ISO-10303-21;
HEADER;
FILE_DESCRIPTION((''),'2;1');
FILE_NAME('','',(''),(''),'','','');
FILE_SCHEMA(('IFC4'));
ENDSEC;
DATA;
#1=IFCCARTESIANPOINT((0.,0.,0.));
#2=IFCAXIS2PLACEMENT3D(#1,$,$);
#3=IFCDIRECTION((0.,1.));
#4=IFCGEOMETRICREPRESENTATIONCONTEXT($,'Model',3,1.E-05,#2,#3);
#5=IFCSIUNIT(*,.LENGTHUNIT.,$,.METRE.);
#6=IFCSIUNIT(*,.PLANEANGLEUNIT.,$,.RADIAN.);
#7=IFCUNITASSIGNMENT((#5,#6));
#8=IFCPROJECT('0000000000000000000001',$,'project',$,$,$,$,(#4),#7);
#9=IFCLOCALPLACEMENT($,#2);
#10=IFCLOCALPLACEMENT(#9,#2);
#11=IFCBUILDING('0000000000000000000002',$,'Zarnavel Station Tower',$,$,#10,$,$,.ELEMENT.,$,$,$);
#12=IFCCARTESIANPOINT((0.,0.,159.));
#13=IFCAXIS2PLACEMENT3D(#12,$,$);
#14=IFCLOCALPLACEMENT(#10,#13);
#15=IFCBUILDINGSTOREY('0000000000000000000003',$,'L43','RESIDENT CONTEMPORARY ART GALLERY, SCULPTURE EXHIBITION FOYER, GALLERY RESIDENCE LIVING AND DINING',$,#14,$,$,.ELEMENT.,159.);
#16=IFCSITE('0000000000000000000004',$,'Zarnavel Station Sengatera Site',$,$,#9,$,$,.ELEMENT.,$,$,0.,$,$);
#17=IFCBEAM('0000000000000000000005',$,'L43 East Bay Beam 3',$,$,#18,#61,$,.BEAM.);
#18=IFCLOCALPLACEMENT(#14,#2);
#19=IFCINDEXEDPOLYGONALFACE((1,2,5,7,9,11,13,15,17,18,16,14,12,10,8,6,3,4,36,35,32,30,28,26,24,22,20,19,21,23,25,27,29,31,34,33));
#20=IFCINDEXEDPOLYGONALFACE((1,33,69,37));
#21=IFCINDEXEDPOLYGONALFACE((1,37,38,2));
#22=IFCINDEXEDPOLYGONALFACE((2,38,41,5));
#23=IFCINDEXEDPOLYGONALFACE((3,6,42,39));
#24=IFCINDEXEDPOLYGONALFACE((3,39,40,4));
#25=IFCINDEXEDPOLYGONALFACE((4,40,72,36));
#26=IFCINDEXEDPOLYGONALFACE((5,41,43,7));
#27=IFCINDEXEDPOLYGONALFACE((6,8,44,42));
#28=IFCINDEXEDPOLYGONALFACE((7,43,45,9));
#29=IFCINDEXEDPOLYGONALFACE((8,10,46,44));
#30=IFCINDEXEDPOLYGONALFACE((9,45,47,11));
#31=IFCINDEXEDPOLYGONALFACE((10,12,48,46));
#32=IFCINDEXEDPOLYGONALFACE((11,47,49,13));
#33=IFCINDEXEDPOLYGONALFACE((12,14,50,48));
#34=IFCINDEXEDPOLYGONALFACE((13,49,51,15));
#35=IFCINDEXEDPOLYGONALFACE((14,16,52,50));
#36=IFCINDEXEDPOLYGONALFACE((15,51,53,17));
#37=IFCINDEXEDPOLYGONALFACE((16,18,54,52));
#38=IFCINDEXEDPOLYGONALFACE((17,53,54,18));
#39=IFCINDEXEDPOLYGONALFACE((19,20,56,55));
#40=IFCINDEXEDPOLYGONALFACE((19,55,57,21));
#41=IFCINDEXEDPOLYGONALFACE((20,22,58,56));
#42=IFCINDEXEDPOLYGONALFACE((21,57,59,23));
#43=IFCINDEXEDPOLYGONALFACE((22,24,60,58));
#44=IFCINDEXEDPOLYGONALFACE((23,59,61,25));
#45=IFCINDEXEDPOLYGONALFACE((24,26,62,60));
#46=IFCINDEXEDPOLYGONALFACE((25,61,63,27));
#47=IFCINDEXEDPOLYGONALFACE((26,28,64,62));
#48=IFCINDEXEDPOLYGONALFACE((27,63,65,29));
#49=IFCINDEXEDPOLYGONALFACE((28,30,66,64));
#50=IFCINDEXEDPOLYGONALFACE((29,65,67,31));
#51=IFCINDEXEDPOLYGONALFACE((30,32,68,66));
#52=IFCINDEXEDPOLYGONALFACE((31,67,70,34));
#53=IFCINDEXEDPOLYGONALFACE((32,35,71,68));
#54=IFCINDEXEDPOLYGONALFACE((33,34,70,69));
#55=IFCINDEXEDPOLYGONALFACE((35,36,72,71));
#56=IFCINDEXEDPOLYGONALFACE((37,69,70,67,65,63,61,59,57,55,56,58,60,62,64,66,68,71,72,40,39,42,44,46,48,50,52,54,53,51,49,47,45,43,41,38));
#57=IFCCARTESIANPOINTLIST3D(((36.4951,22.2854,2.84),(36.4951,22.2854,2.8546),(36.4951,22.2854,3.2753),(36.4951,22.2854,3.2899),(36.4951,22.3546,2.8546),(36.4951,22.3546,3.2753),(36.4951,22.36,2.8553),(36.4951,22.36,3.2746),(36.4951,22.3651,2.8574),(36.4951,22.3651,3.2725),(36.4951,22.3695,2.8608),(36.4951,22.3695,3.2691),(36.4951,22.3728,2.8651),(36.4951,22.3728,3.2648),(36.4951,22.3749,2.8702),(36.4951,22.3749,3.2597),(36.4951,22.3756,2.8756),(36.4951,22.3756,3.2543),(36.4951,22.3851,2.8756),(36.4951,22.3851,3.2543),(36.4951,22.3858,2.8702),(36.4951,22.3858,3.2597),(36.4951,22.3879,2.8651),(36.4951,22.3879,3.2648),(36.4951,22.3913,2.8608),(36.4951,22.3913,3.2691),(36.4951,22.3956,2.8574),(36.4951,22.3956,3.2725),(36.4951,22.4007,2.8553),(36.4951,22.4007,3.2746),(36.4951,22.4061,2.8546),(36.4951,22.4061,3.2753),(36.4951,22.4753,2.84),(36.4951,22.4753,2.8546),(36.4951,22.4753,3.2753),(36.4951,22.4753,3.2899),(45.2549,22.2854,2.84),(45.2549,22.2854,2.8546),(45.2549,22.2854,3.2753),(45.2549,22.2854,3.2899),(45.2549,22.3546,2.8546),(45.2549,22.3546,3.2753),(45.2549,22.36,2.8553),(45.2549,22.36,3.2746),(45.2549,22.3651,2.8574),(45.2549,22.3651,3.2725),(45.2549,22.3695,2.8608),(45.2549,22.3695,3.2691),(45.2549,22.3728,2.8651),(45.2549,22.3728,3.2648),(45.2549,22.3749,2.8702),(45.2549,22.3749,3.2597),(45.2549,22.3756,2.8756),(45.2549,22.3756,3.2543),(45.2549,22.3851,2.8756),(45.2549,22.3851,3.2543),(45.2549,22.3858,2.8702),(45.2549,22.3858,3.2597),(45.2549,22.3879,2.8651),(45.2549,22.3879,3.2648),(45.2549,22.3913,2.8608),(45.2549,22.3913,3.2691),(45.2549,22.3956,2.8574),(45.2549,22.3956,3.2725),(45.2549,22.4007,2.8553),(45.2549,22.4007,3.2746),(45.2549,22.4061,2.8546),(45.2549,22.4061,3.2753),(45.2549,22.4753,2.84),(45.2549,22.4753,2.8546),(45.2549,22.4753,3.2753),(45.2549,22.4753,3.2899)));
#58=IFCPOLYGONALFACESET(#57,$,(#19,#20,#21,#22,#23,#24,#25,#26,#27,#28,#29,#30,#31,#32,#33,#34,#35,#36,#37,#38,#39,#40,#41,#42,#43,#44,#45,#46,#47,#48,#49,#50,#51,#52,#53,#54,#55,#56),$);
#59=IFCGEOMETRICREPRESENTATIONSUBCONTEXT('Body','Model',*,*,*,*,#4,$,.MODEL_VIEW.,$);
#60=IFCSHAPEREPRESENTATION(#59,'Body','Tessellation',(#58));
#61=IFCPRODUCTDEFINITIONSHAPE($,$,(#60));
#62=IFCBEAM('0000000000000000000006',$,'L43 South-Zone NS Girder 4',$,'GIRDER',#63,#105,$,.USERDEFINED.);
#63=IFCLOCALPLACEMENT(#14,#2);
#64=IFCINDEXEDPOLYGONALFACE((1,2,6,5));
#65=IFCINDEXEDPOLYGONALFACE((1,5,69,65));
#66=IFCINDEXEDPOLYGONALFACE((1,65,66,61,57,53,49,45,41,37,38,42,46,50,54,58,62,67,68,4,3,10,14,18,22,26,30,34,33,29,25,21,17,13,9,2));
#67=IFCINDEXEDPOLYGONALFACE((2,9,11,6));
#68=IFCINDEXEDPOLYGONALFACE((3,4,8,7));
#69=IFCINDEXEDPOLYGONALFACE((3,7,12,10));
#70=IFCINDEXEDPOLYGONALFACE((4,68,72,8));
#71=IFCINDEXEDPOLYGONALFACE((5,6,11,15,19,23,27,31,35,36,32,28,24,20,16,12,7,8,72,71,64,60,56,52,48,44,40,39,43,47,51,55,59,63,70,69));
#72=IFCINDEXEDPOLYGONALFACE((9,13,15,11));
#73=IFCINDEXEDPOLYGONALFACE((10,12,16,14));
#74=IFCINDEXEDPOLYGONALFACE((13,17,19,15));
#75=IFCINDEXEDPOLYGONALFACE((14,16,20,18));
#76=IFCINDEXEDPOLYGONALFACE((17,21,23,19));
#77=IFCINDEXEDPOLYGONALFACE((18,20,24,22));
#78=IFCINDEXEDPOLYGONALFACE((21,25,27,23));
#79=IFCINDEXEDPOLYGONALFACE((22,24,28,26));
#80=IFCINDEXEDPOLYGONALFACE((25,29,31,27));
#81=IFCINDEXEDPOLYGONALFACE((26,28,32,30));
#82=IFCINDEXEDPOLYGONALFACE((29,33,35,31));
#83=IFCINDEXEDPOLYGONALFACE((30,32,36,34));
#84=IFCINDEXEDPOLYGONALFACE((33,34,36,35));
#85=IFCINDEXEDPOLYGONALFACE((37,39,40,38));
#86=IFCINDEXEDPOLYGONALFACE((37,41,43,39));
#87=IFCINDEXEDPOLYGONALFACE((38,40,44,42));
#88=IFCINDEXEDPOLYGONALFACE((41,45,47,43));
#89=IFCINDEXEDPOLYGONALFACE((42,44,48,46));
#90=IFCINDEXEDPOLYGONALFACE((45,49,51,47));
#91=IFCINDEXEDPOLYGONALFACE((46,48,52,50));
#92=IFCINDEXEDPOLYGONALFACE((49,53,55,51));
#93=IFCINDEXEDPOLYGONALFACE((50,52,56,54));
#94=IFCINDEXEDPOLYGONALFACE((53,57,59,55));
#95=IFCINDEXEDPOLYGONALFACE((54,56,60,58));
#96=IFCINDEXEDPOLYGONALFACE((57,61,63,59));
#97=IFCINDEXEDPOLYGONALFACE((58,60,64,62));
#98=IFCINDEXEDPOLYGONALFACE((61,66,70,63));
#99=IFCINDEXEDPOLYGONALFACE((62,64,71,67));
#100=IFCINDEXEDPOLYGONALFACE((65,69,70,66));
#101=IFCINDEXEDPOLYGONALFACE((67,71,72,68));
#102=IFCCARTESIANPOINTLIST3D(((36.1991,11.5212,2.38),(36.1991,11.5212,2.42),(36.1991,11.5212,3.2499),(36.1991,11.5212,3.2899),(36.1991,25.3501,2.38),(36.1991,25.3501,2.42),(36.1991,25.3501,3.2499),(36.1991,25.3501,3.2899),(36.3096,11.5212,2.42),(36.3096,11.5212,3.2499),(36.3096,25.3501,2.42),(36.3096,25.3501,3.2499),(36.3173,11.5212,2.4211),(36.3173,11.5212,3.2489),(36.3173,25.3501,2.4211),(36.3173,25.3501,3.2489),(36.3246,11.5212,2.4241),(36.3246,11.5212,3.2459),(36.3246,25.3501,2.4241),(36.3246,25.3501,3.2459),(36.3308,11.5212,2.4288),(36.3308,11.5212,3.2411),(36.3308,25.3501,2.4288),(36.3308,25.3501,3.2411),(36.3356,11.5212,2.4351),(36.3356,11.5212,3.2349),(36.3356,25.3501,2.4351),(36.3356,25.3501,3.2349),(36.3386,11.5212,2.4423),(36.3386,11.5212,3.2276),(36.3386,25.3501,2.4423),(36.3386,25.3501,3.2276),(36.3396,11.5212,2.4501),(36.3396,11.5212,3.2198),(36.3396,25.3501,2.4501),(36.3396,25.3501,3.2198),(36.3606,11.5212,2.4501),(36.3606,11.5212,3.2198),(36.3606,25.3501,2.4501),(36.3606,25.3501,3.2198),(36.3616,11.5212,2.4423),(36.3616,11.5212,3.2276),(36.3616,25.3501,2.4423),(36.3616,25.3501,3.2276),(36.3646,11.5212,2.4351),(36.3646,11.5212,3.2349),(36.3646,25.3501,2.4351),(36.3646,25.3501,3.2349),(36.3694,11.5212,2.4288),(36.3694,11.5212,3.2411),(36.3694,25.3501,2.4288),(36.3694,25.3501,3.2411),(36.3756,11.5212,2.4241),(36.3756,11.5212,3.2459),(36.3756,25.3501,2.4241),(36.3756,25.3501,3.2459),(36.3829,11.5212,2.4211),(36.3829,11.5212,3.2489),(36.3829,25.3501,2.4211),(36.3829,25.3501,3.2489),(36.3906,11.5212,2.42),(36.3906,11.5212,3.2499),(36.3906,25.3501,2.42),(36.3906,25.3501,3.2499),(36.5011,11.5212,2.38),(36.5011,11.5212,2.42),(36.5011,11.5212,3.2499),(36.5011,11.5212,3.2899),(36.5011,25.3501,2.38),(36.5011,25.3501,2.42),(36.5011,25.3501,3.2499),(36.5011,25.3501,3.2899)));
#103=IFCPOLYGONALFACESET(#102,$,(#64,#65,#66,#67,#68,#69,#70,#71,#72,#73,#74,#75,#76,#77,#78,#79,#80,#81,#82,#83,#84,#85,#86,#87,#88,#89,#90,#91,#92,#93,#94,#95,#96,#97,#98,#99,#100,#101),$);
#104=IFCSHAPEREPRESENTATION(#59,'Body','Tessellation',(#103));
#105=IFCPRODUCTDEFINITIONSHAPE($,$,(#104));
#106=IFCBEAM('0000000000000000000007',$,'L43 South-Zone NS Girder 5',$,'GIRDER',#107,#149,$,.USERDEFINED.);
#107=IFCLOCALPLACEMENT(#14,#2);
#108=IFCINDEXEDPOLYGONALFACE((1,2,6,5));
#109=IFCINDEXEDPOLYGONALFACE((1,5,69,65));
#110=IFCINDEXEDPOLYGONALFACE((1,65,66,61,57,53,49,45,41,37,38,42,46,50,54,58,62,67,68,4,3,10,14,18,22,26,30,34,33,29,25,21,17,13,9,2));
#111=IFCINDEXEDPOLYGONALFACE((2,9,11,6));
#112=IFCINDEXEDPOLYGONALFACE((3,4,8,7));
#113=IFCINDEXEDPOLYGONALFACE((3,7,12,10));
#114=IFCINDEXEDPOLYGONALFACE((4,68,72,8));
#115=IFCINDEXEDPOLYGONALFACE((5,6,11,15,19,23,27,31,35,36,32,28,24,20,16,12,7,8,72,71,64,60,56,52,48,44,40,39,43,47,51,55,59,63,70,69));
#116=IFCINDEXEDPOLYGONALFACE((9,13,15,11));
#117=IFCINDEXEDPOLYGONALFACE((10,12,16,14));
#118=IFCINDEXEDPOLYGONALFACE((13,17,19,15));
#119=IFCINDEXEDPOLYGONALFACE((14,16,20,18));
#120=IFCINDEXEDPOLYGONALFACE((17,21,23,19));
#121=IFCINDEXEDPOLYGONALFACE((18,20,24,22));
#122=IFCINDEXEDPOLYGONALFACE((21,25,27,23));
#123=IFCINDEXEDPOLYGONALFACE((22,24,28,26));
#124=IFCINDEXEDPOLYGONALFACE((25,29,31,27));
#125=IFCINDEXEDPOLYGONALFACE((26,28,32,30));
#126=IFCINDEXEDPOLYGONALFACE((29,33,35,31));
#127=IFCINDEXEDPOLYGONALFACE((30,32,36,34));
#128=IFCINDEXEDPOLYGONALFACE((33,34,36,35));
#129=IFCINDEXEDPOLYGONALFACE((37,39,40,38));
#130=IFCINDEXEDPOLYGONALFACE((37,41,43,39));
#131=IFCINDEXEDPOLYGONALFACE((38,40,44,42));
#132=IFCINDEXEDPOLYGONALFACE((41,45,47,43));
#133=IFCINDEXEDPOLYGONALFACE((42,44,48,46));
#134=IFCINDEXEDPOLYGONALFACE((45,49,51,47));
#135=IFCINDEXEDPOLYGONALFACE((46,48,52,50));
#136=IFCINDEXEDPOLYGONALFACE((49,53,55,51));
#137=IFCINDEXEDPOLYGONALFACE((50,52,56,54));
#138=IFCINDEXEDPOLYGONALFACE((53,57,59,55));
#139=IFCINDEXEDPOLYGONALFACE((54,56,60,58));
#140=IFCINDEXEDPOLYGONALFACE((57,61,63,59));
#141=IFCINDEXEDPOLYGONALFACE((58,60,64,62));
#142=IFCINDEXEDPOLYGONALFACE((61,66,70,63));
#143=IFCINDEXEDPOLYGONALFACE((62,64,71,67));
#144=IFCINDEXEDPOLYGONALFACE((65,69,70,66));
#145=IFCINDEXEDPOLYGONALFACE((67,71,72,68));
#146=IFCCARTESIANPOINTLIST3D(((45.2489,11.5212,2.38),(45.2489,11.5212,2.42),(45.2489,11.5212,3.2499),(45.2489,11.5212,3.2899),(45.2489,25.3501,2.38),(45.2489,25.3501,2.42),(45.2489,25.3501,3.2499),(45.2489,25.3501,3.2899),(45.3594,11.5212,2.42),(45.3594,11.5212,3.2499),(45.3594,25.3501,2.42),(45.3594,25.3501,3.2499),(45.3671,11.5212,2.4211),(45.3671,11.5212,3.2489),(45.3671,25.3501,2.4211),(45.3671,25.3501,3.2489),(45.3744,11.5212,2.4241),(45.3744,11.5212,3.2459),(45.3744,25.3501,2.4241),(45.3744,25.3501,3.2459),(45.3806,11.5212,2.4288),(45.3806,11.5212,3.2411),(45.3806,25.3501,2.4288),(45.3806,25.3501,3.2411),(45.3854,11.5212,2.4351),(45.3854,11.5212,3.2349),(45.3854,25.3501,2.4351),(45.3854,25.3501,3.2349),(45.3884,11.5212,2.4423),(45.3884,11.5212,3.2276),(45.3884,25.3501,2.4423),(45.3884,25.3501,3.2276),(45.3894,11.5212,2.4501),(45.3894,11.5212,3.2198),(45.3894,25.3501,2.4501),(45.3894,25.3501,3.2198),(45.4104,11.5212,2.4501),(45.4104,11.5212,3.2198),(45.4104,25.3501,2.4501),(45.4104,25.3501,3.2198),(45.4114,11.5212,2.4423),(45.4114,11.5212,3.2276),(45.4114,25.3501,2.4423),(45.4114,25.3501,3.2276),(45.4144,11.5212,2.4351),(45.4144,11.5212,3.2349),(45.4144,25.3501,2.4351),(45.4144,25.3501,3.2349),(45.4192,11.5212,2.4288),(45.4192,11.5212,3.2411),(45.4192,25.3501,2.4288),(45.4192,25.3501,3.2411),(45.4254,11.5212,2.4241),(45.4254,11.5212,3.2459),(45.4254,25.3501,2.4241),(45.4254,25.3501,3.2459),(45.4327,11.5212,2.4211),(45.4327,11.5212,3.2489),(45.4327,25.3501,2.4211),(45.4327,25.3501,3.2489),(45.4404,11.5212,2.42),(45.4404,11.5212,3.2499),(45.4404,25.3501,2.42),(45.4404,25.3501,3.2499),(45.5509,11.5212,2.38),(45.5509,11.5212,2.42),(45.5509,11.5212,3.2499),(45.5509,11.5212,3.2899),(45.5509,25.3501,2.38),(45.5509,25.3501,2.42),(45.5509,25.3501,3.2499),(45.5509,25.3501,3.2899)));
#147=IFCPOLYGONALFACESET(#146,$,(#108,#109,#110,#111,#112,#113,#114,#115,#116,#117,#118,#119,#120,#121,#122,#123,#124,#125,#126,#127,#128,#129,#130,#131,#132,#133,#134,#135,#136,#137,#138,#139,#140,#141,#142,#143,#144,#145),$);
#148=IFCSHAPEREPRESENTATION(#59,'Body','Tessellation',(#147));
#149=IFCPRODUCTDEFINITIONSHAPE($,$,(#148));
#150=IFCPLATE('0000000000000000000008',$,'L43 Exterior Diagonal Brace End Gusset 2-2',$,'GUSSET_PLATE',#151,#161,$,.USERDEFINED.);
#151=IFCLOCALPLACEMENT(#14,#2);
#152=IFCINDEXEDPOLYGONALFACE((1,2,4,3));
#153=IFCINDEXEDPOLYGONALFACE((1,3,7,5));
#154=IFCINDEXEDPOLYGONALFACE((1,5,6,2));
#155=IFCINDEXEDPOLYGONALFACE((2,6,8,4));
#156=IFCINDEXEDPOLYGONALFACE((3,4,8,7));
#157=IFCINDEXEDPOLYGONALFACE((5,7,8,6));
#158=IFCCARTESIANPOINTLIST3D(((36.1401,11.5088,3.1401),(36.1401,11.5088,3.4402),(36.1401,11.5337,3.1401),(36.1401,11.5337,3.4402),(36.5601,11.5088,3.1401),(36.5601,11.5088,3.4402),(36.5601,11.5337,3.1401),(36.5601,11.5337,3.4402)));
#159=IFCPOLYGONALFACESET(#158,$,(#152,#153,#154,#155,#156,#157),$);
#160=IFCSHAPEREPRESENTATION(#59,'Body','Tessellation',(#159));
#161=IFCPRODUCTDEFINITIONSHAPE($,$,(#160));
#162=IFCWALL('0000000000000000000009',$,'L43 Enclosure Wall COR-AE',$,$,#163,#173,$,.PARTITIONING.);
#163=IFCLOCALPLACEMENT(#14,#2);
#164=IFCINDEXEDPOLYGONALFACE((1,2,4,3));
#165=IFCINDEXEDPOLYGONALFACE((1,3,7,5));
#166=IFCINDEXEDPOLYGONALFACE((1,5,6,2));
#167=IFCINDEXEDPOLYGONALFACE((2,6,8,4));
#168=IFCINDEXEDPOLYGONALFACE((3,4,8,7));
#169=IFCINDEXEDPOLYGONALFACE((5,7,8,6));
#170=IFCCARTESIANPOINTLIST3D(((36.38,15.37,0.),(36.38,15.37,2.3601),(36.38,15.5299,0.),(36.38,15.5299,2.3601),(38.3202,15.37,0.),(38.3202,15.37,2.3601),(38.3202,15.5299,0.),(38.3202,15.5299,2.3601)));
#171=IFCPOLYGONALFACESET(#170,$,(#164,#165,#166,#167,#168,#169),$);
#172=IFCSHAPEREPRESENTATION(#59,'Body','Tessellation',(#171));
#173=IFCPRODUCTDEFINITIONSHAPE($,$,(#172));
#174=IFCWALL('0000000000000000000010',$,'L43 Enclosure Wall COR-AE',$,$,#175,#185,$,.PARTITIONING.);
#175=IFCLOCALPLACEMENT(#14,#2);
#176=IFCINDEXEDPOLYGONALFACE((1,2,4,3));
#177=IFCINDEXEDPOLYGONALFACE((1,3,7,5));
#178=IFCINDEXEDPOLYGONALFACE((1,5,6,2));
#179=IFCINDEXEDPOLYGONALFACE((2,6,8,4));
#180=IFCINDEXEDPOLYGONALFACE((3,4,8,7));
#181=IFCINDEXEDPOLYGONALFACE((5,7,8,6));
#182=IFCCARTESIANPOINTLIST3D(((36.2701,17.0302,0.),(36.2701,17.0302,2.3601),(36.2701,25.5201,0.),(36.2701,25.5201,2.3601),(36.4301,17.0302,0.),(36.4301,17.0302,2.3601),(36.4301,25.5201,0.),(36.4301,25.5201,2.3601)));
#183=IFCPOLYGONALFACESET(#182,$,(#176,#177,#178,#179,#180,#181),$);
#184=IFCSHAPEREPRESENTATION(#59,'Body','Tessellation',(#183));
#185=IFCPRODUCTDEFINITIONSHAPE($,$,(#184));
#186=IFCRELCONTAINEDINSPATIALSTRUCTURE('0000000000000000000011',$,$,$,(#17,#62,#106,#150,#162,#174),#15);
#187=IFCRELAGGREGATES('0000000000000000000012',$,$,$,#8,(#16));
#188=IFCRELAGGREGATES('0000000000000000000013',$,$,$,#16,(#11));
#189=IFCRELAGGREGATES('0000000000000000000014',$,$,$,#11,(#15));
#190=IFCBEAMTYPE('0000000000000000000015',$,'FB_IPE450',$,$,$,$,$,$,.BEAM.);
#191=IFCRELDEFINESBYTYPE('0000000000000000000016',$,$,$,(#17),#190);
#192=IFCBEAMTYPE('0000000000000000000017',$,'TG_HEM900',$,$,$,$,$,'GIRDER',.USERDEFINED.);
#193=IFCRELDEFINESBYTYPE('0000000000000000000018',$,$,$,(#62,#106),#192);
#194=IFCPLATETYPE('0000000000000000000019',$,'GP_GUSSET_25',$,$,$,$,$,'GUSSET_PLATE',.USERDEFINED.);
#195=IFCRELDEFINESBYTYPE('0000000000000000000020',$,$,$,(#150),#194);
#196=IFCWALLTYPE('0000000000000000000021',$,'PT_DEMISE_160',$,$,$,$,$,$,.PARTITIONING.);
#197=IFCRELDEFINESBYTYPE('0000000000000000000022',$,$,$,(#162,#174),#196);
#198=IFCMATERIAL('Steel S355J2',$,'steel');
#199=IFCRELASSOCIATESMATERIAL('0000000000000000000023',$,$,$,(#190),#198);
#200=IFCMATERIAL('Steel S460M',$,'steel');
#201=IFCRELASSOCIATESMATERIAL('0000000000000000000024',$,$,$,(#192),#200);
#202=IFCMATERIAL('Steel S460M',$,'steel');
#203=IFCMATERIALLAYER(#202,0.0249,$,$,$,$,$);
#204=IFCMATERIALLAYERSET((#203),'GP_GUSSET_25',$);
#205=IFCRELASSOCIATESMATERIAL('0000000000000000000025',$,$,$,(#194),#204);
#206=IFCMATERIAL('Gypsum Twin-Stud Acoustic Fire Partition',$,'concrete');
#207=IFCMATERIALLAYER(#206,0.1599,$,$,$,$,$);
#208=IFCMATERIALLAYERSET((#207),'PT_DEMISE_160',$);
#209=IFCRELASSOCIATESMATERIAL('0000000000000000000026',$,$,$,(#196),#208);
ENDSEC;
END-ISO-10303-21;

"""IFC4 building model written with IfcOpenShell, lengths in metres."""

from ifc_helpers import new_model, si_unit, direction, frame, frame_2d, origin, origin_2d, place, context, subcontext, project, spatial, rectangle, i_section, extrude, material, layer, layer_set, material_profile, profile_set, type_object, element, save


model = new_model("IFC4")

# Units and contexts
model_context = context("Model", 3, precision=1e-05, world=origin(), true_north=direction((0.0, 1.0)))
body_context = subcontext(model_context, "Body", "Model", "MODEL_VIEW")
ifc_project = project(units=[si_unit("LENGTHUNIT", "METRE"), si_unit("PLANEANGLEUNIT", "RADIAN")], contexts=[model_context])

# Site, building, storey
site_placement = place(None, origin())
site = spatial("IfcSite", under=ifc_project, at=site_placement, Name="Zarnavel Station Sengatera Site", CompositionType="ELEMENT", RefElevation=0.0)
building_placement = place(site_placement, origin())
building = spatial("IfcBuilding", under=site, at=building_placement, Name="Zarnavel Station Tower", CompositionType="ELEMENT")
storey_placement = place(building_placement, frame((0.0, 0.0, 159.0)))
storey = spatial("IfcBuildingStorey", under=building, at=storey_placement, Name="L43", Description="RESIDENT CONTEMPORARY ART GALLERY, SCULPTURE EXHIBITION FOYER, GALLERY RESIDENCE LIVING AND DINING", CompositionType="ELEMENT", Elevation=159.0)

# Beams
ifc_material_1 = material(Name="Steel S355J2", Category="steel")
ifc_material_profile_1 = material_profile(ifc_material_1, i_section(OverallWidth=0.1899, OverallDepth=0.45, WebThickness=0.0095, FlangeThickness=0.0146, FilletRadius=0.021, at=origin_2d()), Name="IPE450")
ifc_profile_set_1 = profile_set([ifc_material_profile_1], Name="Steel S355J2")
beam_type_1 = type_object("IfcBeamType", Name="FB_IPE450", PredefinedType="BEAM", material=ifc_profile_set_1)
for number, where, z_axis, x_axis, name in (
    (1, (36.4951, 22.3804, 3.0649), (1.0, 0.0, 0.0), (0.0, 1.0, 0.0), "L43 East Bay Beam 3"),
):
    element("IfcBeam", number, at=place(storey_placement, frame(where, z_axis=z_axis, x_axis=x_axis)), inside=storey, type_object=beam_type_1, Name=name, PredefinedType="BEAM", context=body_context, shape_type="SweptSolid", body=[
        extrude(i_section(OverallWidth=0.1899, OverallDepth=0.45, WebThickness=0.0095, FlangeThickness=0.0146, FilletRadius=0.021, at=origin_2d()), origin(), (0.0, 0.0, 1.0), 8.7598),
    ])
ifc_material_2 = material(Name="Steel S460M", Category="steel")
ifc_material_profile_2 = material_profile(ifc_material_2, i_section(OverallWidth=0.302, OverallDepth=0.9099, WebThickness=0.021, FlangeThickness=0.04, FilletRadius=0.03, at=origin_2d()), Name="HEM900")
ifc_profile_set_2 = profile_set([ifc_material_profile_2], Name="Steel S460M")
beam_type_2 = type_object("IfcBeamType", Name="TG_HEM900", ElementType="GIRDER", PredefinedType="USERDEFINED", material=ifc_profile_set_2)
for number, where, z_axis, x_axis, name in (
    (2, (36.3501, 11.5212, 2.835), (0.0, 1.0, 0.0), (-1.0, 0.0, 0.0), "L43 South-Zone NS Girder 4"),
    (3, (45.3999, 11.5212, 2.835), (0.0, 1.0, 0.0), (-1.0, 0.0, 0.0), "L43 South-Zone NS Girder 5"),
):
    element("IfcBeam", number, at=place(storey_placement, frame(where, z_axis=z_axis, x_axis=x_axis)), inside=storey, type_object=beam_type_2, Name=name, ObjectType="GIRDER", PredefinedType="USERDEFINED", context=body_context, shape_type="SweptSolid", body=[
        extrude(i_section(OverallWidth=0.302, OverallDepth=0.9099, WebThickness=0.021, FlangeThickness=0.04, FilletRadius=0.03, at=origin_2d()), origin(), (0.0, 0.0, 1.0), 13.8289),
    ])

# Plate
ifc_material_3 = material(Name="Steel S460M", Category="steel")
ifc_layer_1 = layer(ifc_material_3, 0.0249)
ifc_layer_set_1 = layer_set([ifc_layer_1], Name="GP_GUSSET_25")
plate_type = type_object("IfcPlateType", Name="GP_GUSSET_25", ElementType="GUSSET_PLATE", PredefinedType="USERDEFINED", material=ifc_layer_set_1)
plate_placement = place(storey_placement, frame((36.3501, 11.5212, 3.1401), z_axis=(0.0, 0.0, 1.0), x_axis=(1.0, 0.0, 0.0)))
element("IfcPlate", 4, at=plate_placement, inside=storey, type_object=plate_type, Name="L43 Exterior Diagonal Brace End Gusset 2-2", ObjectType="GUSSET_PLATE", PredefinedType="USERDEFINED", context=body_context, shape_type="SweptSolid", body=[
    extrude(rectangle(XDim=0.4199, YDim=0.0249, at=origin_2d()), origin(), (0.0, 0.0, 1.0), 0.3),
])

# Walls
ifc_material_4 = material(Name="Gypsum Twin-Stud Acoustic Fire Partition", Category="concrete")
ifc_layer_2 = layer(ifc_material_4, 0.1599)
ifc_layer_set_2 = layer_set([ifc_layer_2], Name="PT_DEMISE_160")
wall_type_1 = type_object("IfcWallType", Name="PT_DEMISE_160", PredefinedType="PARTITIONING", material=ifc_layer_set_2)
wall_1_placement = place(storey_placement, frame((36.3799, 15.45, 0.0), z_axis=(0.0, 0.0, 1.0), x_axis=(1.0, 0.0, 0.0)))
element("IfcWall", 5, at=wall_1_placement, inside=storey, type_object=wall_type_1, Name="L43 Enclosure Wall COR-AE", PredefinedType="PARTITIONING", context=body_context, shape_type="SweptSolid", body=[
    extrude(rectangle(XDim=1.9402, YDim=0.1599, at=frame_2d((0.9702, 0.0))), origin(), (0.0, 0.0, 1.0), 2.3601),
])
wall_2_placement = place(storey_placement, frame((36.3501, 17.03, 0.0), z_axis=(0.0, 0.0, 1.0), x_axis=(0.0, 1.0, 0.0)))
element("IfcWall", 6, at=wall_2_placement, inside=storey, type_object=wall_type_1, Name="L43 Enclosure Wall COR-AE", PredefinedType="PARTITIONING", context=body_context, shape_type="SweptSolid", body=[
    extrude(rectangle(XDim=8.49, YDim=0.1599, at=frame_2d((4.2451, 0.0))), origin(), (0.0, 0.0, 1.0), 2.3601),
])

save(model, "model.ifc")
